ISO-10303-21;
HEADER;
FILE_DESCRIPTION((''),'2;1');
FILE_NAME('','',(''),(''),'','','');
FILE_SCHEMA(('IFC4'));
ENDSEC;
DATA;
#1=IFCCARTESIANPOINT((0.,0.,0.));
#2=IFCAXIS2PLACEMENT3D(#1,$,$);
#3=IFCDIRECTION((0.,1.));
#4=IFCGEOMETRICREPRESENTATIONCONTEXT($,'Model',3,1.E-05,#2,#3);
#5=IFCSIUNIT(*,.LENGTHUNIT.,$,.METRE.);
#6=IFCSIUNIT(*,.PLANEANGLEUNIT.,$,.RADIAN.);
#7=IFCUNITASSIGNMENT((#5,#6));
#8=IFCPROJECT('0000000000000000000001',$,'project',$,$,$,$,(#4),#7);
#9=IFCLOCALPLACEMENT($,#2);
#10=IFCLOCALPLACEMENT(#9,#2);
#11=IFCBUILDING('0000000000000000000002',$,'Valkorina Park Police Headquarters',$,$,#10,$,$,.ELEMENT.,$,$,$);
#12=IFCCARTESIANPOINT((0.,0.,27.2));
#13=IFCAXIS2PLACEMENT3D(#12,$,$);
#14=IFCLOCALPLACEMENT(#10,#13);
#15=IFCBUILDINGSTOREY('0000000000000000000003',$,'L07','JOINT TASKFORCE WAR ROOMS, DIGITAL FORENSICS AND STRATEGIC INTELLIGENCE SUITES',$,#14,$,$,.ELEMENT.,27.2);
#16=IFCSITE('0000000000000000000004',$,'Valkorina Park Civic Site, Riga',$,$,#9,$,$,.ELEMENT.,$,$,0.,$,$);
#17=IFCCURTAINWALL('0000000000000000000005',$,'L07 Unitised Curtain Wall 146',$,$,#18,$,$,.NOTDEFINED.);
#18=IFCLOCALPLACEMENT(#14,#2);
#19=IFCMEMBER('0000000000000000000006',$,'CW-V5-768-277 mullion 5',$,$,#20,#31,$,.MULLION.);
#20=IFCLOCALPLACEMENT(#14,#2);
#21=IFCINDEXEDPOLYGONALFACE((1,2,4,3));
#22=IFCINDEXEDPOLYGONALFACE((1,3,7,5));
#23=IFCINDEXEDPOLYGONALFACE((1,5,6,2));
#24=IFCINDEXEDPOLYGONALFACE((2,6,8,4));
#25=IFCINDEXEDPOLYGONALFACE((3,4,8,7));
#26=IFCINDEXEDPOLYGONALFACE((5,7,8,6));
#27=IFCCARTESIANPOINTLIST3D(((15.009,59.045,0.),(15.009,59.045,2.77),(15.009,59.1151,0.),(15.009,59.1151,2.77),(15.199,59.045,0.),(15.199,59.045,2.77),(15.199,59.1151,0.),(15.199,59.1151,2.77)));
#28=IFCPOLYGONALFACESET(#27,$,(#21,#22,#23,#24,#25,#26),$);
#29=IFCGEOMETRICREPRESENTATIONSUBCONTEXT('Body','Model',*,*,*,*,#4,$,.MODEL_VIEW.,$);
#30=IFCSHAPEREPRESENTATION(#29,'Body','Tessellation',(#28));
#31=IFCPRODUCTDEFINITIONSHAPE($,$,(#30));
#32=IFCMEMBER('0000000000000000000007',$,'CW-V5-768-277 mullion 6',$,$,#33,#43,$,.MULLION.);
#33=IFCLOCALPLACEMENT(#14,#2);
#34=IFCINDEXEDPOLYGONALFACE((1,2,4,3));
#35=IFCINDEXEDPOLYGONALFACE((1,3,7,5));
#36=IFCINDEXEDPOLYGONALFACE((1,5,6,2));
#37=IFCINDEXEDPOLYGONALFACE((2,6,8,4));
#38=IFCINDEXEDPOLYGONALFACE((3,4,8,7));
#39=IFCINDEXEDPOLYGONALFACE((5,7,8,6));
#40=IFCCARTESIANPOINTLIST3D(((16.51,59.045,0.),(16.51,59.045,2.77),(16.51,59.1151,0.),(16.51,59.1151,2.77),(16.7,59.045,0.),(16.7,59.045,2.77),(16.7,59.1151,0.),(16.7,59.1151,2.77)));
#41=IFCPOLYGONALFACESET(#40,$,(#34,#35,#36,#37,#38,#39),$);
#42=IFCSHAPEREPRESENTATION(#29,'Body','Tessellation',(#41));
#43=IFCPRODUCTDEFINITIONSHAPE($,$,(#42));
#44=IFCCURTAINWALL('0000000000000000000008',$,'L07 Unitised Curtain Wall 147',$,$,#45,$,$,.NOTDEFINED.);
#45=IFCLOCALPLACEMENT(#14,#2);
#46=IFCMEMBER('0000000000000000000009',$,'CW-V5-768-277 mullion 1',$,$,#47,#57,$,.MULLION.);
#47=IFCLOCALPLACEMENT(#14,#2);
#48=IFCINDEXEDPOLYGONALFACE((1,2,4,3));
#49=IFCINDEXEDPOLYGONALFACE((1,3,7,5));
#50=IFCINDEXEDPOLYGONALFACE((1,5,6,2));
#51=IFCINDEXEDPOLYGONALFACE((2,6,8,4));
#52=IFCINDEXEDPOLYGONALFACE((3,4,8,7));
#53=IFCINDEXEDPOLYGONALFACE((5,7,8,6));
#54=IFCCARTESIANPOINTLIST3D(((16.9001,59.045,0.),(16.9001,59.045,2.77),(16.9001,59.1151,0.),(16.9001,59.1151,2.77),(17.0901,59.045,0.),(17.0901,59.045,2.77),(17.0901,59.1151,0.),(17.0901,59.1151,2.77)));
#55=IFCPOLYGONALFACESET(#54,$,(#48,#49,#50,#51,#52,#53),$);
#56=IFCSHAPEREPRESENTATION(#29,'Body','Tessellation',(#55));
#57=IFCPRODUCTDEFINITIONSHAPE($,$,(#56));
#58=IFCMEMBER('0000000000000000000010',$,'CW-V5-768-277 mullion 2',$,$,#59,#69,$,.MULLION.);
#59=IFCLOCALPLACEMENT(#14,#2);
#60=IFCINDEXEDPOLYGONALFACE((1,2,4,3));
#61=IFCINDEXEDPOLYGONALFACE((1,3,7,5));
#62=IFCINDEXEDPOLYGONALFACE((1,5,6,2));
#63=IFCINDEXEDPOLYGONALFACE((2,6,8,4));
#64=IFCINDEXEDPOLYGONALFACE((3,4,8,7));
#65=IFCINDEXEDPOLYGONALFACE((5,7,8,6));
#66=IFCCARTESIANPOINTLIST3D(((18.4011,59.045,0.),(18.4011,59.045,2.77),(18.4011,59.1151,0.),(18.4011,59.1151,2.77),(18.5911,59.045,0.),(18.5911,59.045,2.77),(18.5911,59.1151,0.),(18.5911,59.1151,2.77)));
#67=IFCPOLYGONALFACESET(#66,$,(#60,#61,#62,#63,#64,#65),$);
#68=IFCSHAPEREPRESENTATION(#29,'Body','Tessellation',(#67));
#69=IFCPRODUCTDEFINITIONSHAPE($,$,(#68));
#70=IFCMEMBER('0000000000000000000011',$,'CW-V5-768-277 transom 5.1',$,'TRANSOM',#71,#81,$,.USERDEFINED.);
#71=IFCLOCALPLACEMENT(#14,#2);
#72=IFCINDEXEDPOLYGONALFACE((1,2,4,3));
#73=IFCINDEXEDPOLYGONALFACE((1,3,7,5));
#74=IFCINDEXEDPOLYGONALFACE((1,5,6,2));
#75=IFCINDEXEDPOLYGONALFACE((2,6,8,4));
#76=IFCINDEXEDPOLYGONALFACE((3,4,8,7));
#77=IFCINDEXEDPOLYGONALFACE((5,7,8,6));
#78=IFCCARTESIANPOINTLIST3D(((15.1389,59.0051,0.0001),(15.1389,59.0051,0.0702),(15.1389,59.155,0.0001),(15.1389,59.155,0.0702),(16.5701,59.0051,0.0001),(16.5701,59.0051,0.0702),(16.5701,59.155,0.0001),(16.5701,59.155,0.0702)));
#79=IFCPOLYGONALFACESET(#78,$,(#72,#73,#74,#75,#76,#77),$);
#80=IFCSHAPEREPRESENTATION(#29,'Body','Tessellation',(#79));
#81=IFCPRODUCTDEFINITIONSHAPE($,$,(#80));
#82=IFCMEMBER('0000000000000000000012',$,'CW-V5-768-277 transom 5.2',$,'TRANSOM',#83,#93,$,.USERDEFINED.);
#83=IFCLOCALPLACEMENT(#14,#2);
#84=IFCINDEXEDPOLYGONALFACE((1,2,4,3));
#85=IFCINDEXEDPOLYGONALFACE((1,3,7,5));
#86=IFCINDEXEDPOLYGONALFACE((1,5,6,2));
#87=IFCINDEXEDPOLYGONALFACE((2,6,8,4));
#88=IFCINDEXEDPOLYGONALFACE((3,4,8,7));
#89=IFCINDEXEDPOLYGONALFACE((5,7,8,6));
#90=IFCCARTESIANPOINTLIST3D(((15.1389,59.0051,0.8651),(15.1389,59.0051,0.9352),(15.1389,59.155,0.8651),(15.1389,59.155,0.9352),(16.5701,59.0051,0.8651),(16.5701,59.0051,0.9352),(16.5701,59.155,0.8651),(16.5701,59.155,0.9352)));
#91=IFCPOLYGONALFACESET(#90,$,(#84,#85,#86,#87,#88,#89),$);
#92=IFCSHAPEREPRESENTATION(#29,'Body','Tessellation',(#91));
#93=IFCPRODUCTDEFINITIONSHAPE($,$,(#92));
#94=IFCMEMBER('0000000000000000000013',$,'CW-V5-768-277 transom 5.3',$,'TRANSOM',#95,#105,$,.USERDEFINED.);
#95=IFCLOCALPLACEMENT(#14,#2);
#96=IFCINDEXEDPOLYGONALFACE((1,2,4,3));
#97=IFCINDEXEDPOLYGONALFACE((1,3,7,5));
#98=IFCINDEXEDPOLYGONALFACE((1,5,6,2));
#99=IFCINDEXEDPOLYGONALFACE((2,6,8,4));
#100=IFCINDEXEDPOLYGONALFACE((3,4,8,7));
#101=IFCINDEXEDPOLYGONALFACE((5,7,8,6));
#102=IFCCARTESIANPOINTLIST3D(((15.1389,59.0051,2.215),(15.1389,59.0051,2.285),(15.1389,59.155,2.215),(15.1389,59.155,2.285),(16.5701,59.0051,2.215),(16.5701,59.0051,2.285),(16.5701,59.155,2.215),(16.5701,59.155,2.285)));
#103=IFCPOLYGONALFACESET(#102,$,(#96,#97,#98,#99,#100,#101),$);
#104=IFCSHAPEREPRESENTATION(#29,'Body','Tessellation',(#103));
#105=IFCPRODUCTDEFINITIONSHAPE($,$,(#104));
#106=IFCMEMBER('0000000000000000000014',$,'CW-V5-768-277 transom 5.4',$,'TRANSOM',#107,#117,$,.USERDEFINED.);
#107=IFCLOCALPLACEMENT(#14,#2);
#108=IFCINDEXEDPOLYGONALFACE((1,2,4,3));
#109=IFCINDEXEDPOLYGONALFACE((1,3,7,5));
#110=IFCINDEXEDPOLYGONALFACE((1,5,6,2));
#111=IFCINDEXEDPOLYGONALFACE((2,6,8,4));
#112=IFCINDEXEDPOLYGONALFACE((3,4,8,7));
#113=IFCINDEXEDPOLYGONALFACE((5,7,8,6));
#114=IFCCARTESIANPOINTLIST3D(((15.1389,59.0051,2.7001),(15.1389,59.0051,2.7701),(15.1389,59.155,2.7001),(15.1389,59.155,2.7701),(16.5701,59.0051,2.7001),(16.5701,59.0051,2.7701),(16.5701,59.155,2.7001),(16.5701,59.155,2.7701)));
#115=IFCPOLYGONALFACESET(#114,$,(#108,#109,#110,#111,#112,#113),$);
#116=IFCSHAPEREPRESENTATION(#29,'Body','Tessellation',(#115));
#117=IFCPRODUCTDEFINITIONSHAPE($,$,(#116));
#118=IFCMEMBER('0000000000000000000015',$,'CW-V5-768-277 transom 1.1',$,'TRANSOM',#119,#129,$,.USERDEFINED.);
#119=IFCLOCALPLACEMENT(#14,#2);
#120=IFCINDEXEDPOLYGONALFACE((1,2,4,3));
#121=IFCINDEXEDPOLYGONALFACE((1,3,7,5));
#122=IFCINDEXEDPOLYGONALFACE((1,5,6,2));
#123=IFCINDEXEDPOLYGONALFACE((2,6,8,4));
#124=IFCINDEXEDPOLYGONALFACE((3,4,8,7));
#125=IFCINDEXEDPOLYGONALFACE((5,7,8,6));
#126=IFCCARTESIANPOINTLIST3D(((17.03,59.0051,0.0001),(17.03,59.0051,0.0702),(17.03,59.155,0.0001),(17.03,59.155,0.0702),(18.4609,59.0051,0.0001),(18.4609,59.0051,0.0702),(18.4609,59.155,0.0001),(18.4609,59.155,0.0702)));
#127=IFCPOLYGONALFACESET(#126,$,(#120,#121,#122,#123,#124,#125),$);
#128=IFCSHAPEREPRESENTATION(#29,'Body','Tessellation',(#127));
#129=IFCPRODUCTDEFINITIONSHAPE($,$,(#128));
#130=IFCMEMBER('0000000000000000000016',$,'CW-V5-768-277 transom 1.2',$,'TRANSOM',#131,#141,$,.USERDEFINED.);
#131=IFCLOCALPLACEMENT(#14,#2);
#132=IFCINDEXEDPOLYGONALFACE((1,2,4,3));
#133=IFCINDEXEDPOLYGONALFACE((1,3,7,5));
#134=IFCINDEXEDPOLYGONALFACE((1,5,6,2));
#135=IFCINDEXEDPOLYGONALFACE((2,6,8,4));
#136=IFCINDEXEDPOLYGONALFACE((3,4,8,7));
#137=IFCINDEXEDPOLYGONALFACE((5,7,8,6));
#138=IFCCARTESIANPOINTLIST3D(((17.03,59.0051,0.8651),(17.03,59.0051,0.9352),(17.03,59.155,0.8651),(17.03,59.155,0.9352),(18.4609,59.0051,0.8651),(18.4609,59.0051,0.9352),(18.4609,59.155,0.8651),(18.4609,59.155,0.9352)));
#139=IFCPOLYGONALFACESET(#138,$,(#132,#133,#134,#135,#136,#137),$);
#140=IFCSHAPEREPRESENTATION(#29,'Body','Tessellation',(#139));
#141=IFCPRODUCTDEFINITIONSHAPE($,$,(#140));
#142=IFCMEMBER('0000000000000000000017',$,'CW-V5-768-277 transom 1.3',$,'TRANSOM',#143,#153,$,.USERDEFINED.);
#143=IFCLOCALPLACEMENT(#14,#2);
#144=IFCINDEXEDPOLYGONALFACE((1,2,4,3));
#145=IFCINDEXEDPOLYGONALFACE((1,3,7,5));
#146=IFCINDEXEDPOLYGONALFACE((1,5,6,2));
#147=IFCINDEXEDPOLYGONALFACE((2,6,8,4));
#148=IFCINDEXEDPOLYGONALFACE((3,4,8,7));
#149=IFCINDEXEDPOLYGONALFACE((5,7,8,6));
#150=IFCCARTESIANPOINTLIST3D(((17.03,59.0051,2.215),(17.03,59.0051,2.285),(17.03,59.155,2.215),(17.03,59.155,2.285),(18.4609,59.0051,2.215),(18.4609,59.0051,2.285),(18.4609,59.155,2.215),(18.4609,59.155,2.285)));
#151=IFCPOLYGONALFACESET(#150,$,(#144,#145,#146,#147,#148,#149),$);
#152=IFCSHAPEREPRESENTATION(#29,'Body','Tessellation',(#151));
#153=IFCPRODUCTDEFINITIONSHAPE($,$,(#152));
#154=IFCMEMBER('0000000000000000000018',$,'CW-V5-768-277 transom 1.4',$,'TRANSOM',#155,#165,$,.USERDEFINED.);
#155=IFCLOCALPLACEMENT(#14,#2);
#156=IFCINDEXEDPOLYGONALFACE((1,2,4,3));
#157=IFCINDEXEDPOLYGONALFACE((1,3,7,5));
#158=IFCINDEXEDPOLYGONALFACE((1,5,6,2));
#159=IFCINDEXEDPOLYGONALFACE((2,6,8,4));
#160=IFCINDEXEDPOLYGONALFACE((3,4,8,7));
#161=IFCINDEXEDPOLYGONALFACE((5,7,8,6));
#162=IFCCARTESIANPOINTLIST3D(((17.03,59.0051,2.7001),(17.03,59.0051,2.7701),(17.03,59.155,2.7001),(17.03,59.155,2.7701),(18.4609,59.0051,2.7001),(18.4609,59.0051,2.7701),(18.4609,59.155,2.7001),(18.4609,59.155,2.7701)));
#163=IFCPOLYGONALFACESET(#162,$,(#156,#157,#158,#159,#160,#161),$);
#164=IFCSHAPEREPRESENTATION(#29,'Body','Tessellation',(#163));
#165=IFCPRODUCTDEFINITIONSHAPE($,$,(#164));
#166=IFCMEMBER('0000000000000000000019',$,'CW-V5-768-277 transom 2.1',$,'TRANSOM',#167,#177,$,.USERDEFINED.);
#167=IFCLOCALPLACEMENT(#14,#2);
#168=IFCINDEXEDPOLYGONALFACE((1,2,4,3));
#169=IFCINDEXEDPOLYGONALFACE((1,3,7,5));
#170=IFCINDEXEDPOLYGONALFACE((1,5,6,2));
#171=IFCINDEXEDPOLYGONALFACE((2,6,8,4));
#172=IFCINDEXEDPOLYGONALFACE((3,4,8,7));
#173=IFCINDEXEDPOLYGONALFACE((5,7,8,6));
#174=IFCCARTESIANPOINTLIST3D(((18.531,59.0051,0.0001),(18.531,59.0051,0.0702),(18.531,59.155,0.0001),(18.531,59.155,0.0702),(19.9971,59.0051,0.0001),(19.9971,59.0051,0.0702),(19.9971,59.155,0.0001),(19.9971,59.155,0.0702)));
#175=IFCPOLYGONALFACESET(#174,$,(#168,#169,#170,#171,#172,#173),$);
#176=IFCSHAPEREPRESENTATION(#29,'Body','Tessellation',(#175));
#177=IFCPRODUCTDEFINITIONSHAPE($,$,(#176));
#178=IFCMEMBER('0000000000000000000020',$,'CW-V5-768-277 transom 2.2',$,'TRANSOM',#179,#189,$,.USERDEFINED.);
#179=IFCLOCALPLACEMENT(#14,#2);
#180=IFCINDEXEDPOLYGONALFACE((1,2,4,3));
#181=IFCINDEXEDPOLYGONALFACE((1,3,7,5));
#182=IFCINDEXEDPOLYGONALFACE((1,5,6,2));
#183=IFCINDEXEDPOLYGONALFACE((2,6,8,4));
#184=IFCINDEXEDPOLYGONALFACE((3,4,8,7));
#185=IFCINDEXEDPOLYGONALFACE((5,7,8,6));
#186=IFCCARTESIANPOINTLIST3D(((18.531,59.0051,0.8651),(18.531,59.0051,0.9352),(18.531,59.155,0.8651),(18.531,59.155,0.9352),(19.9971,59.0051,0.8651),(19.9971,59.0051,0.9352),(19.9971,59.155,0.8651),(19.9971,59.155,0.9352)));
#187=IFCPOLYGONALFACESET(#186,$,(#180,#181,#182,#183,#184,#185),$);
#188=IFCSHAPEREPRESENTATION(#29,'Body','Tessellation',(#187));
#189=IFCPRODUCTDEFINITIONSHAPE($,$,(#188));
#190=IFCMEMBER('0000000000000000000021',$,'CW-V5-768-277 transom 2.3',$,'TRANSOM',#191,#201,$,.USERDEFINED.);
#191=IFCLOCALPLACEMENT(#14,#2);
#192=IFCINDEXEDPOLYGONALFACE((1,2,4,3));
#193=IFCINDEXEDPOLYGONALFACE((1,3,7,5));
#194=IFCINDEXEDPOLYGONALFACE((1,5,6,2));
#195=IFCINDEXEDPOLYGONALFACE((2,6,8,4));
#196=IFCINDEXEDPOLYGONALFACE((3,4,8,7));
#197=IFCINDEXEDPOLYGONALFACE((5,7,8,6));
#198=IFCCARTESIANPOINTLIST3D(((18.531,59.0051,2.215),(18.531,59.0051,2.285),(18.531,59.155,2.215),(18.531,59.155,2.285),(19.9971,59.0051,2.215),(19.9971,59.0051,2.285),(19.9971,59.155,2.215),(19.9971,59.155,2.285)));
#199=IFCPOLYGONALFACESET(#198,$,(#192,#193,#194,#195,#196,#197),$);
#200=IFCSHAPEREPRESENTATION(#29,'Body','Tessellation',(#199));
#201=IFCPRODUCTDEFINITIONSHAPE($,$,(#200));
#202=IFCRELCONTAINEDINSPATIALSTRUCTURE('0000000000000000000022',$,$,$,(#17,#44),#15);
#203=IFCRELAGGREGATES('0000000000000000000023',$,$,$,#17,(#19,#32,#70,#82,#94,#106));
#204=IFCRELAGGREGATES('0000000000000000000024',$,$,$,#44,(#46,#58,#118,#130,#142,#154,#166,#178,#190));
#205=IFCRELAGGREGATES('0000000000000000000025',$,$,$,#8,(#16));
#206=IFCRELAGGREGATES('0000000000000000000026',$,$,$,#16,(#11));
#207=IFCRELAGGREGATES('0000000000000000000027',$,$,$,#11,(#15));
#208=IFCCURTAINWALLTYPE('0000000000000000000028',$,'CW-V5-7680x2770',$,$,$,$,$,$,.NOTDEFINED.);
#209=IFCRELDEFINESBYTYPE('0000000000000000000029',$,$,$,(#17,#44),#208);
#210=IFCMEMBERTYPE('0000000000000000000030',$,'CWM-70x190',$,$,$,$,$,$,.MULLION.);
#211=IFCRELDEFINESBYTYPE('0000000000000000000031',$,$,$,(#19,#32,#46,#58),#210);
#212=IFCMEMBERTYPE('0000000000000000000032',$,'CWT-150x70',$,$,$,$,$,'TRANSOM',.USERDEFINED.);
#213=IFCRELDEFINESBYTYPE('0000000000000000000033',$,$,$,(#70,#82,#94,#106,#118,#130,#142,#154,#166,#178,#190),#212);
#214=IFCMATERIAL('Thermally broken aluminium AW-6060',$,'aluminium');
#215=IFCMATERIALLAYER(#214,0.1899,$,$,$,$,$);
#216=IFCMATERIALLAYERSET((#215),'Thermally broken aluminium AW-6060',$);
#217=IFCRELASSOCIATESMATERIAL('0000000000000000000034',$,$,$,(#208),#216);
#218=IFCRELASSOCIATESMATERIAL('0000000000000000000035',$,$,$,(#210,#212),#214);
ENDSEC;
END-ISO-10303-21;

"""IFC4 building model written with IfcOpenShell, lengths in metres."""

from ifc_helpers import new_model, si_unit, direction, frame, origin, origin_2d, place, context, subcontext, project, spatial, rectangle, extrude, material, layer, layer_set, material_profile, profile_set, type_object, element, aggregate, save


model = new_model("IFC4")

# Units and contexts
model_context = context("Model", 3, precision=1e-05, world=origin(), true_north=direction((0.0, 1.0)))
body_context = subcontext(model_context, "Body", "Model", "MODEL_VIEW")
ifc_project = project(units=[si_unit("LENGTHUNIT", "METRE"), si_unit("PLANEANGLEUNIT", "RADIAN")], contexts=[model_context])

# Site, building, storey
site_placement = place(None, origin())
site = spatial("IfcSite", under=ifc_project, at=site_placement, Name="Valkorina Park Civic Site, Riga", CompositionType="ELEMENT", RefElevation=0.0)
building_placement = place(site_placement, origin())
building = spatial("IfcBuilding", under=site, at=building_placement, Name="Valkorina Park Police Headquarters", CompositionType="ELEMENT")
storey_placement = place(building_placement, frame((0.0, 0.0, 27.2)))
storey = spatial("IfcBuildingStorey", under=building, at=storey_placement, Name="L07", Description="JOINT TASKFORCE WAR ROOMS, DIGITAL FORENSICS AND STRATEGIC INTELLIGENCE SUITES", CompositionType="ELEMENT", Elevation=27.2)

# Curtain walls, members
ifc_material_1 = material(Name="Thermally broken aluminium AW-6060", Category="aluminium")
ifc_layer_1 = layer(ifc_material_1, 0.1899)
ifc_layer_set_1 = layer_set([ifc_layer_1], Name="Thermally broken aluminium AW-6060")
curtain_wall_type = type_object("IfcCurtainWallType", Name="CW-V5-7680x2770", PredefinedType="NOTDEFINED", material=ifc_layer_set_1)
curtain_wall_1_placement = place(storey_placement, origin())
curtain_wall_1 = element("IfcCurtainWall", 1, at=curtain_wall_1_placement, inside=storey, type_object=curtain_wall_type, Name="L07 Unitised Curtain Wall 146", PredefinedType="NOTDEFINED")
ifc_material_profile_1 = material_profile(ifc_material_1, rectangle(XDim=0.0701, YDim=0.1899, at=origin_2d()), Name="CWM-02 70x190")
ifc_profile_set_1 = profile_set([ifc_material_profile_1], Name="Thermally broken aluminium AW-6060")
member_type_1 = type_object("IfcMemberType", Name="CWM-70x190", PredefinedType="MULLION", material=ifc_profile_set_1)
member_1_placement = place(storey_placement, frame((15.104, 59.0801, 0.0), z_axis=(0.0, 0.0, 1.0), x_axis=(0.0, 1.0, 0.0)))
member_1 = element("IfcMember", 2, at=member_1_placement, type_object=member_type_1, Name="CW-V5-768-277 mullion 5", PredefinedType="MULLION", context=body_context, shape_type="SweptSolid", body=[
    extrude(rectangle(XDim=0.0701, YDim=0.1899, at=origin_2d()), origin(), (0.0, 0.0, 1.0), 2.77),
])
member_2_placement = place(storey_placement, frame((16.605, 59.0801, 0.0), z_axis=(0.0, 0.0, 1.0), x_axis=(0.0, 1.0, 0.0)))
member_2 = element("IfcMember", 3, at=member_2_placement, type_object=member_type_1, Name="CW-V5-768-277 mullion 6", PredefinedType="MULLION", context=body_context, shape_type="SweptSolid", body=[
    extrude(rectangle(XDim=0.0701, YDim=0.1899, at=origin_2d()), origin(), (0.0, 0.0, 1.0), 2.77),
])
curtain_wall_2_placement = place(storey_placement, origin())
curtain_wall_2 = element("IfcCurtainWall", 4, at=curtain_wall_2_placement, inside=storey, type_object=curtain_wall_type, Name="L07 Unitised Curtain Wall 147", PredefinedType="NOTDEFINED")
member_3_placement = place(storey_placement, frame((16.9951, 59.0801, 0.0), z_axis=(0.0, 0.0, 1.0), x_axis=(0.0, 1.0, 0.0)))
member_3 = element("IfcMember", 5, at=member_3_placement, type_object=member_type_1, Name="CW-V5-768-277 mullion 1", PredefinedType="MULLION", context=body_context, shape_type="SweptSolid", body=[
    extrude(rectangle(XDim=0.0701, YDim=0.1899, at=origin_2d()), origin(), (0.0, 0.0, 1.0), 2.77),
])
member_4_placement = place(storey_placement, frame((18.4961, 59.0801, 0.0), z_axis=(0.0, 0.0, 1.0), x_axis=(0.0, 1.0, 0.0)))
member_4 = element("IfcMember", 6, at=member_4_placement, type_object=member_type_1, Name="CW-V5-768-277 mullion 2", PredefinedType="MULLION", context=body_context, shape_type="SweptSolid", body=[
    extrude(rectangle(XDim=0.0701, YDim=0.1899, at=origin_2d()), origin(), (0.0, 0.0, 1.0), 2.77),
])

# Members
ifc_material_profile_2 = material_profile(ifc_material_1, rectangle(XDim=0.1499, YDim=0.0701, at=origin_2d()), Name="CWT-02 150x70")
ifc_profile_set_2 = profile_set([ifc_material_profile_2], Name="Thermally broken aluminium AW-6060")
member_type_2 = type_object("IfcMemberType", Name="CWT-150x70", ElementType="TRANSOM", PredefinedType="USERDEFINED", material=ifc_profile_set_2)
member_5_placement = place(storey_placement, frame((15.1389, 59.0801, 0.0352), z_axis=(1.0, 0.0, 0.0), x_axis=(0.0, 1.0, 0.0)))
member_5 = element("IfcMember", 7, at=member_5_placement, type_object=member_type_2, Name="CW-V5-768-277 transom 5.1", ObjectType="TRANSOM", PredefinedType="USERDEFINED", context=body_context, shape_type="SweptSolid", body=[
    extrude(rectangle(XDim=0.1499, YDim=0.0701, at=origin_2d()), origin(), (0.0, 0.0, 1.0), 1.4312),
])
member_6_placement = place(storey_placement, frame((15.1389, 59.0801, 0.9001), z_axis=(1.0, 0.0, 0.0), x_axis=(0.0, 1.0, 0.0)))
member_6 = element("IfcMember", 8, at=member_6_placement, type_object=member_type_2, Name="CW-V5-768-277 transom 5.2", ObjectType="TRANSOM", PredefinedType="USERDEFINED", context=body_context, shape_type="SweptSolid", body=[
    extrude(rectangle(XDim=0.1499, YDim=0.0701, at=origin_2d()), origin(), (0.0, 0.0, 1.0), 1.4312),
])
member_7_placement = place(storey_placement, frame((15.1389, 59.0801, 2.25), z_axis=(1.0, 0.0, 0.0), x_axis=(0.0, 1.0, 0.0)))
member_7 = element("IfcMember", 9, at=member_7_placement, type_object=member_type_2, Name="CW-V5-768-277 transom 5.3", ObjectType="TRANSOM", PredefinedType="USERDEFINED", context=body_context, shape_type="SweptSolid", body=[
    extrude(rectangle(XDim=0.1499, YDim=0.0701, at=origin_2d()), origin(), (0.0, 0.0, 1.0), 1.4312),
])
member_8_placement = place(storey_placement, frame((15.1389, 59.0801, 2.7351), z_axis=(1.0, 0.0, 0.0), x_axis=(0.0, 1.0, 0.0)))
member_8 = element("IfcMember", 10, at=member_8_placement, type_object=member_type_2, Name="CW-V5-768-277 transom 5.4", ObjectType="TRANSOM", PredefinedType="USERDEFINED", context=body_context, shape_type="SweptSolid", body=[
    extrude(rectangle(XDim=0.1499, YDim=0.0701, at=origin_2d()), origin(), (0.0, 0.0, 1.0), 1.4312),
])
member_9_placement = place(storey_placement, frame((17.03, 59.0801, 0.0352), z_axis=(1.0, 0.0, 0.0), x_axis=(0.0, 1.0, 0.0)))
member_9 = element("IfcMember", 11, at=member_9_placement, type_object=member_type_2, Name="CW-V5-768-277 transom 1.1", ObjectType="TRANSOM", PredefinedType="USERDEFINED", context=body_context, shape_type="SweptSolid", body=[
    extrude(rectangle(XDim=0.1499, YDim=0.0701, at=origin_2d()), origin(), (0.0, 0.0, 1.0), 1.4309),
])
member_10_placement = place(storey_placement, frame((17.03, 59.0801, 0.9001), z_axis=(1.0, 0.0, 0.0), x_axis=(0.0, 1.0, 0.0)))
member_10 = element("IfcMember", 12, at=member_10_placement, type_object=member_type_2, Name="CW-V5-768-277 transom 1.2", ObjectType="TRANSOM", PredefinedType="USERDEFINED", context=body_context, shape_type="SweptSolid", body=[
    extrude(rectangle(XDim=0.1499, YDim=0.0701, at=origin_2d()), origin(), (0.0, 0.0, 1.0), 1.4309),
])
member_11_placement = place(storey_placement, frame((17.03, 59.0801, 2.25), z_axis=(1.0, 0.0, 0.0), x_axis=(0.0, 1.0, 0.0)))
member_11 = element("IfcMember", 13, at=member_11_placement, type_object=member_type_2, Name="CW-V5-768-277 transom 1.3", ObjectType="TRANSOM", PredefinedType="USERDEFINED", context=body_context, shape_type="SweptSolid", body=[
    extrude(rectangle(XDim=0.1499, YDim=0.0701, at=origin_2d()), origin(), (0.0, 0.0, 1.0), 1.4309),
])
member_12_placement = place(storey_placement, frame((17.03, 59.0801, 2.7351), z_axis=(1.0, 0.0, 0.0), x_axis=(0.0, 1.0, 0.0)))
member_12 = element("IfcMember", 14, at=member_12_placement, type_object=member_type_2, Name="CW-V5-768-277 transom 1.4", ObjectType="TRANSOM", PredefinedType="USERDEFINED", context=body_context, shape_type="SweptSolid", body=[
    extrude(rectangle(XDim=0.1499, YDim=0.0701, at=origin_2d()), origin(), (0.0, 0.0, 1.0), 1.4309),
])
member_13_placement = place(storey_placement, frame((18.531, 59.0801, 0.0352), z_axis=(1.0, 0.0, 0.0), x_axis=(0.0, 1.0, 0.0)))
member_13 = element("IfcMember", 15, at=member_13_placement, type_object=member_type_2, Name="CW-V5-768-277 transom 2.1", ObjectType="TRANSOM", PredefinedType="USERDEFINED", context=body_context, shape_type="SweptSolid", body=[
    extrude(rectangle(XDim=0.1499, YDim=0.0701, at=origin_2d()), origin(), (0.0, 0.0, 1.0), 1.4661),
])
member_14_placement = place(storey_placement, frame((18.531, 59.0801, 0.9001), z_axis=(1.0, 0.0, 0.0), x_axis=(0.0, 1.0, 0.0)))
member_14 = element("IfcMember", 16, at=member_14_placement, type_object=member_type_2, Name="CW-V5-768-277 transom 2.2", ObjectType="TRANSOM", PredefinedType="USERDEFINED", context=body_context, shape_type="SweptSolid", body=[
    extrude(rectangle(XDim=0.1499, YDim=0.0701, at=origin_2d()), origin(), (0.0, 0.0, 1.0), 1.4661),
])
member_15_placement = place(storey_placement, frame((18.531, 59.0801, 2.25), z_axis=(1.0, 0.0, 0.0), x_axis=(0.0, 1.0, 0.0)))
member_15 = element("IfcMember", 17, at=member_15_placement, type_object=member_type_2, Name="CW-V5-768-277 transom 2.3", ObjectType="TRANSOM", PredefinedType="USERDEFINED", context=body_context, shape_type="SweptSolid", body=[
    extrude(rectangle(XDim=0.1499, YDim=0.0701, at=origin_2d()), origin(), (0.0, 0.0, 1.0), 1.4661),
])

aggregate(curtain_wall_1, [member_1, member_2, member_5, member_6, member_7, member_8])
aggregate(curtain_wall_2, [member_3, member_4, member_9, member_10, member_11, member_12, member_13, member_14, member_15])

save(model, "model.ifc")
